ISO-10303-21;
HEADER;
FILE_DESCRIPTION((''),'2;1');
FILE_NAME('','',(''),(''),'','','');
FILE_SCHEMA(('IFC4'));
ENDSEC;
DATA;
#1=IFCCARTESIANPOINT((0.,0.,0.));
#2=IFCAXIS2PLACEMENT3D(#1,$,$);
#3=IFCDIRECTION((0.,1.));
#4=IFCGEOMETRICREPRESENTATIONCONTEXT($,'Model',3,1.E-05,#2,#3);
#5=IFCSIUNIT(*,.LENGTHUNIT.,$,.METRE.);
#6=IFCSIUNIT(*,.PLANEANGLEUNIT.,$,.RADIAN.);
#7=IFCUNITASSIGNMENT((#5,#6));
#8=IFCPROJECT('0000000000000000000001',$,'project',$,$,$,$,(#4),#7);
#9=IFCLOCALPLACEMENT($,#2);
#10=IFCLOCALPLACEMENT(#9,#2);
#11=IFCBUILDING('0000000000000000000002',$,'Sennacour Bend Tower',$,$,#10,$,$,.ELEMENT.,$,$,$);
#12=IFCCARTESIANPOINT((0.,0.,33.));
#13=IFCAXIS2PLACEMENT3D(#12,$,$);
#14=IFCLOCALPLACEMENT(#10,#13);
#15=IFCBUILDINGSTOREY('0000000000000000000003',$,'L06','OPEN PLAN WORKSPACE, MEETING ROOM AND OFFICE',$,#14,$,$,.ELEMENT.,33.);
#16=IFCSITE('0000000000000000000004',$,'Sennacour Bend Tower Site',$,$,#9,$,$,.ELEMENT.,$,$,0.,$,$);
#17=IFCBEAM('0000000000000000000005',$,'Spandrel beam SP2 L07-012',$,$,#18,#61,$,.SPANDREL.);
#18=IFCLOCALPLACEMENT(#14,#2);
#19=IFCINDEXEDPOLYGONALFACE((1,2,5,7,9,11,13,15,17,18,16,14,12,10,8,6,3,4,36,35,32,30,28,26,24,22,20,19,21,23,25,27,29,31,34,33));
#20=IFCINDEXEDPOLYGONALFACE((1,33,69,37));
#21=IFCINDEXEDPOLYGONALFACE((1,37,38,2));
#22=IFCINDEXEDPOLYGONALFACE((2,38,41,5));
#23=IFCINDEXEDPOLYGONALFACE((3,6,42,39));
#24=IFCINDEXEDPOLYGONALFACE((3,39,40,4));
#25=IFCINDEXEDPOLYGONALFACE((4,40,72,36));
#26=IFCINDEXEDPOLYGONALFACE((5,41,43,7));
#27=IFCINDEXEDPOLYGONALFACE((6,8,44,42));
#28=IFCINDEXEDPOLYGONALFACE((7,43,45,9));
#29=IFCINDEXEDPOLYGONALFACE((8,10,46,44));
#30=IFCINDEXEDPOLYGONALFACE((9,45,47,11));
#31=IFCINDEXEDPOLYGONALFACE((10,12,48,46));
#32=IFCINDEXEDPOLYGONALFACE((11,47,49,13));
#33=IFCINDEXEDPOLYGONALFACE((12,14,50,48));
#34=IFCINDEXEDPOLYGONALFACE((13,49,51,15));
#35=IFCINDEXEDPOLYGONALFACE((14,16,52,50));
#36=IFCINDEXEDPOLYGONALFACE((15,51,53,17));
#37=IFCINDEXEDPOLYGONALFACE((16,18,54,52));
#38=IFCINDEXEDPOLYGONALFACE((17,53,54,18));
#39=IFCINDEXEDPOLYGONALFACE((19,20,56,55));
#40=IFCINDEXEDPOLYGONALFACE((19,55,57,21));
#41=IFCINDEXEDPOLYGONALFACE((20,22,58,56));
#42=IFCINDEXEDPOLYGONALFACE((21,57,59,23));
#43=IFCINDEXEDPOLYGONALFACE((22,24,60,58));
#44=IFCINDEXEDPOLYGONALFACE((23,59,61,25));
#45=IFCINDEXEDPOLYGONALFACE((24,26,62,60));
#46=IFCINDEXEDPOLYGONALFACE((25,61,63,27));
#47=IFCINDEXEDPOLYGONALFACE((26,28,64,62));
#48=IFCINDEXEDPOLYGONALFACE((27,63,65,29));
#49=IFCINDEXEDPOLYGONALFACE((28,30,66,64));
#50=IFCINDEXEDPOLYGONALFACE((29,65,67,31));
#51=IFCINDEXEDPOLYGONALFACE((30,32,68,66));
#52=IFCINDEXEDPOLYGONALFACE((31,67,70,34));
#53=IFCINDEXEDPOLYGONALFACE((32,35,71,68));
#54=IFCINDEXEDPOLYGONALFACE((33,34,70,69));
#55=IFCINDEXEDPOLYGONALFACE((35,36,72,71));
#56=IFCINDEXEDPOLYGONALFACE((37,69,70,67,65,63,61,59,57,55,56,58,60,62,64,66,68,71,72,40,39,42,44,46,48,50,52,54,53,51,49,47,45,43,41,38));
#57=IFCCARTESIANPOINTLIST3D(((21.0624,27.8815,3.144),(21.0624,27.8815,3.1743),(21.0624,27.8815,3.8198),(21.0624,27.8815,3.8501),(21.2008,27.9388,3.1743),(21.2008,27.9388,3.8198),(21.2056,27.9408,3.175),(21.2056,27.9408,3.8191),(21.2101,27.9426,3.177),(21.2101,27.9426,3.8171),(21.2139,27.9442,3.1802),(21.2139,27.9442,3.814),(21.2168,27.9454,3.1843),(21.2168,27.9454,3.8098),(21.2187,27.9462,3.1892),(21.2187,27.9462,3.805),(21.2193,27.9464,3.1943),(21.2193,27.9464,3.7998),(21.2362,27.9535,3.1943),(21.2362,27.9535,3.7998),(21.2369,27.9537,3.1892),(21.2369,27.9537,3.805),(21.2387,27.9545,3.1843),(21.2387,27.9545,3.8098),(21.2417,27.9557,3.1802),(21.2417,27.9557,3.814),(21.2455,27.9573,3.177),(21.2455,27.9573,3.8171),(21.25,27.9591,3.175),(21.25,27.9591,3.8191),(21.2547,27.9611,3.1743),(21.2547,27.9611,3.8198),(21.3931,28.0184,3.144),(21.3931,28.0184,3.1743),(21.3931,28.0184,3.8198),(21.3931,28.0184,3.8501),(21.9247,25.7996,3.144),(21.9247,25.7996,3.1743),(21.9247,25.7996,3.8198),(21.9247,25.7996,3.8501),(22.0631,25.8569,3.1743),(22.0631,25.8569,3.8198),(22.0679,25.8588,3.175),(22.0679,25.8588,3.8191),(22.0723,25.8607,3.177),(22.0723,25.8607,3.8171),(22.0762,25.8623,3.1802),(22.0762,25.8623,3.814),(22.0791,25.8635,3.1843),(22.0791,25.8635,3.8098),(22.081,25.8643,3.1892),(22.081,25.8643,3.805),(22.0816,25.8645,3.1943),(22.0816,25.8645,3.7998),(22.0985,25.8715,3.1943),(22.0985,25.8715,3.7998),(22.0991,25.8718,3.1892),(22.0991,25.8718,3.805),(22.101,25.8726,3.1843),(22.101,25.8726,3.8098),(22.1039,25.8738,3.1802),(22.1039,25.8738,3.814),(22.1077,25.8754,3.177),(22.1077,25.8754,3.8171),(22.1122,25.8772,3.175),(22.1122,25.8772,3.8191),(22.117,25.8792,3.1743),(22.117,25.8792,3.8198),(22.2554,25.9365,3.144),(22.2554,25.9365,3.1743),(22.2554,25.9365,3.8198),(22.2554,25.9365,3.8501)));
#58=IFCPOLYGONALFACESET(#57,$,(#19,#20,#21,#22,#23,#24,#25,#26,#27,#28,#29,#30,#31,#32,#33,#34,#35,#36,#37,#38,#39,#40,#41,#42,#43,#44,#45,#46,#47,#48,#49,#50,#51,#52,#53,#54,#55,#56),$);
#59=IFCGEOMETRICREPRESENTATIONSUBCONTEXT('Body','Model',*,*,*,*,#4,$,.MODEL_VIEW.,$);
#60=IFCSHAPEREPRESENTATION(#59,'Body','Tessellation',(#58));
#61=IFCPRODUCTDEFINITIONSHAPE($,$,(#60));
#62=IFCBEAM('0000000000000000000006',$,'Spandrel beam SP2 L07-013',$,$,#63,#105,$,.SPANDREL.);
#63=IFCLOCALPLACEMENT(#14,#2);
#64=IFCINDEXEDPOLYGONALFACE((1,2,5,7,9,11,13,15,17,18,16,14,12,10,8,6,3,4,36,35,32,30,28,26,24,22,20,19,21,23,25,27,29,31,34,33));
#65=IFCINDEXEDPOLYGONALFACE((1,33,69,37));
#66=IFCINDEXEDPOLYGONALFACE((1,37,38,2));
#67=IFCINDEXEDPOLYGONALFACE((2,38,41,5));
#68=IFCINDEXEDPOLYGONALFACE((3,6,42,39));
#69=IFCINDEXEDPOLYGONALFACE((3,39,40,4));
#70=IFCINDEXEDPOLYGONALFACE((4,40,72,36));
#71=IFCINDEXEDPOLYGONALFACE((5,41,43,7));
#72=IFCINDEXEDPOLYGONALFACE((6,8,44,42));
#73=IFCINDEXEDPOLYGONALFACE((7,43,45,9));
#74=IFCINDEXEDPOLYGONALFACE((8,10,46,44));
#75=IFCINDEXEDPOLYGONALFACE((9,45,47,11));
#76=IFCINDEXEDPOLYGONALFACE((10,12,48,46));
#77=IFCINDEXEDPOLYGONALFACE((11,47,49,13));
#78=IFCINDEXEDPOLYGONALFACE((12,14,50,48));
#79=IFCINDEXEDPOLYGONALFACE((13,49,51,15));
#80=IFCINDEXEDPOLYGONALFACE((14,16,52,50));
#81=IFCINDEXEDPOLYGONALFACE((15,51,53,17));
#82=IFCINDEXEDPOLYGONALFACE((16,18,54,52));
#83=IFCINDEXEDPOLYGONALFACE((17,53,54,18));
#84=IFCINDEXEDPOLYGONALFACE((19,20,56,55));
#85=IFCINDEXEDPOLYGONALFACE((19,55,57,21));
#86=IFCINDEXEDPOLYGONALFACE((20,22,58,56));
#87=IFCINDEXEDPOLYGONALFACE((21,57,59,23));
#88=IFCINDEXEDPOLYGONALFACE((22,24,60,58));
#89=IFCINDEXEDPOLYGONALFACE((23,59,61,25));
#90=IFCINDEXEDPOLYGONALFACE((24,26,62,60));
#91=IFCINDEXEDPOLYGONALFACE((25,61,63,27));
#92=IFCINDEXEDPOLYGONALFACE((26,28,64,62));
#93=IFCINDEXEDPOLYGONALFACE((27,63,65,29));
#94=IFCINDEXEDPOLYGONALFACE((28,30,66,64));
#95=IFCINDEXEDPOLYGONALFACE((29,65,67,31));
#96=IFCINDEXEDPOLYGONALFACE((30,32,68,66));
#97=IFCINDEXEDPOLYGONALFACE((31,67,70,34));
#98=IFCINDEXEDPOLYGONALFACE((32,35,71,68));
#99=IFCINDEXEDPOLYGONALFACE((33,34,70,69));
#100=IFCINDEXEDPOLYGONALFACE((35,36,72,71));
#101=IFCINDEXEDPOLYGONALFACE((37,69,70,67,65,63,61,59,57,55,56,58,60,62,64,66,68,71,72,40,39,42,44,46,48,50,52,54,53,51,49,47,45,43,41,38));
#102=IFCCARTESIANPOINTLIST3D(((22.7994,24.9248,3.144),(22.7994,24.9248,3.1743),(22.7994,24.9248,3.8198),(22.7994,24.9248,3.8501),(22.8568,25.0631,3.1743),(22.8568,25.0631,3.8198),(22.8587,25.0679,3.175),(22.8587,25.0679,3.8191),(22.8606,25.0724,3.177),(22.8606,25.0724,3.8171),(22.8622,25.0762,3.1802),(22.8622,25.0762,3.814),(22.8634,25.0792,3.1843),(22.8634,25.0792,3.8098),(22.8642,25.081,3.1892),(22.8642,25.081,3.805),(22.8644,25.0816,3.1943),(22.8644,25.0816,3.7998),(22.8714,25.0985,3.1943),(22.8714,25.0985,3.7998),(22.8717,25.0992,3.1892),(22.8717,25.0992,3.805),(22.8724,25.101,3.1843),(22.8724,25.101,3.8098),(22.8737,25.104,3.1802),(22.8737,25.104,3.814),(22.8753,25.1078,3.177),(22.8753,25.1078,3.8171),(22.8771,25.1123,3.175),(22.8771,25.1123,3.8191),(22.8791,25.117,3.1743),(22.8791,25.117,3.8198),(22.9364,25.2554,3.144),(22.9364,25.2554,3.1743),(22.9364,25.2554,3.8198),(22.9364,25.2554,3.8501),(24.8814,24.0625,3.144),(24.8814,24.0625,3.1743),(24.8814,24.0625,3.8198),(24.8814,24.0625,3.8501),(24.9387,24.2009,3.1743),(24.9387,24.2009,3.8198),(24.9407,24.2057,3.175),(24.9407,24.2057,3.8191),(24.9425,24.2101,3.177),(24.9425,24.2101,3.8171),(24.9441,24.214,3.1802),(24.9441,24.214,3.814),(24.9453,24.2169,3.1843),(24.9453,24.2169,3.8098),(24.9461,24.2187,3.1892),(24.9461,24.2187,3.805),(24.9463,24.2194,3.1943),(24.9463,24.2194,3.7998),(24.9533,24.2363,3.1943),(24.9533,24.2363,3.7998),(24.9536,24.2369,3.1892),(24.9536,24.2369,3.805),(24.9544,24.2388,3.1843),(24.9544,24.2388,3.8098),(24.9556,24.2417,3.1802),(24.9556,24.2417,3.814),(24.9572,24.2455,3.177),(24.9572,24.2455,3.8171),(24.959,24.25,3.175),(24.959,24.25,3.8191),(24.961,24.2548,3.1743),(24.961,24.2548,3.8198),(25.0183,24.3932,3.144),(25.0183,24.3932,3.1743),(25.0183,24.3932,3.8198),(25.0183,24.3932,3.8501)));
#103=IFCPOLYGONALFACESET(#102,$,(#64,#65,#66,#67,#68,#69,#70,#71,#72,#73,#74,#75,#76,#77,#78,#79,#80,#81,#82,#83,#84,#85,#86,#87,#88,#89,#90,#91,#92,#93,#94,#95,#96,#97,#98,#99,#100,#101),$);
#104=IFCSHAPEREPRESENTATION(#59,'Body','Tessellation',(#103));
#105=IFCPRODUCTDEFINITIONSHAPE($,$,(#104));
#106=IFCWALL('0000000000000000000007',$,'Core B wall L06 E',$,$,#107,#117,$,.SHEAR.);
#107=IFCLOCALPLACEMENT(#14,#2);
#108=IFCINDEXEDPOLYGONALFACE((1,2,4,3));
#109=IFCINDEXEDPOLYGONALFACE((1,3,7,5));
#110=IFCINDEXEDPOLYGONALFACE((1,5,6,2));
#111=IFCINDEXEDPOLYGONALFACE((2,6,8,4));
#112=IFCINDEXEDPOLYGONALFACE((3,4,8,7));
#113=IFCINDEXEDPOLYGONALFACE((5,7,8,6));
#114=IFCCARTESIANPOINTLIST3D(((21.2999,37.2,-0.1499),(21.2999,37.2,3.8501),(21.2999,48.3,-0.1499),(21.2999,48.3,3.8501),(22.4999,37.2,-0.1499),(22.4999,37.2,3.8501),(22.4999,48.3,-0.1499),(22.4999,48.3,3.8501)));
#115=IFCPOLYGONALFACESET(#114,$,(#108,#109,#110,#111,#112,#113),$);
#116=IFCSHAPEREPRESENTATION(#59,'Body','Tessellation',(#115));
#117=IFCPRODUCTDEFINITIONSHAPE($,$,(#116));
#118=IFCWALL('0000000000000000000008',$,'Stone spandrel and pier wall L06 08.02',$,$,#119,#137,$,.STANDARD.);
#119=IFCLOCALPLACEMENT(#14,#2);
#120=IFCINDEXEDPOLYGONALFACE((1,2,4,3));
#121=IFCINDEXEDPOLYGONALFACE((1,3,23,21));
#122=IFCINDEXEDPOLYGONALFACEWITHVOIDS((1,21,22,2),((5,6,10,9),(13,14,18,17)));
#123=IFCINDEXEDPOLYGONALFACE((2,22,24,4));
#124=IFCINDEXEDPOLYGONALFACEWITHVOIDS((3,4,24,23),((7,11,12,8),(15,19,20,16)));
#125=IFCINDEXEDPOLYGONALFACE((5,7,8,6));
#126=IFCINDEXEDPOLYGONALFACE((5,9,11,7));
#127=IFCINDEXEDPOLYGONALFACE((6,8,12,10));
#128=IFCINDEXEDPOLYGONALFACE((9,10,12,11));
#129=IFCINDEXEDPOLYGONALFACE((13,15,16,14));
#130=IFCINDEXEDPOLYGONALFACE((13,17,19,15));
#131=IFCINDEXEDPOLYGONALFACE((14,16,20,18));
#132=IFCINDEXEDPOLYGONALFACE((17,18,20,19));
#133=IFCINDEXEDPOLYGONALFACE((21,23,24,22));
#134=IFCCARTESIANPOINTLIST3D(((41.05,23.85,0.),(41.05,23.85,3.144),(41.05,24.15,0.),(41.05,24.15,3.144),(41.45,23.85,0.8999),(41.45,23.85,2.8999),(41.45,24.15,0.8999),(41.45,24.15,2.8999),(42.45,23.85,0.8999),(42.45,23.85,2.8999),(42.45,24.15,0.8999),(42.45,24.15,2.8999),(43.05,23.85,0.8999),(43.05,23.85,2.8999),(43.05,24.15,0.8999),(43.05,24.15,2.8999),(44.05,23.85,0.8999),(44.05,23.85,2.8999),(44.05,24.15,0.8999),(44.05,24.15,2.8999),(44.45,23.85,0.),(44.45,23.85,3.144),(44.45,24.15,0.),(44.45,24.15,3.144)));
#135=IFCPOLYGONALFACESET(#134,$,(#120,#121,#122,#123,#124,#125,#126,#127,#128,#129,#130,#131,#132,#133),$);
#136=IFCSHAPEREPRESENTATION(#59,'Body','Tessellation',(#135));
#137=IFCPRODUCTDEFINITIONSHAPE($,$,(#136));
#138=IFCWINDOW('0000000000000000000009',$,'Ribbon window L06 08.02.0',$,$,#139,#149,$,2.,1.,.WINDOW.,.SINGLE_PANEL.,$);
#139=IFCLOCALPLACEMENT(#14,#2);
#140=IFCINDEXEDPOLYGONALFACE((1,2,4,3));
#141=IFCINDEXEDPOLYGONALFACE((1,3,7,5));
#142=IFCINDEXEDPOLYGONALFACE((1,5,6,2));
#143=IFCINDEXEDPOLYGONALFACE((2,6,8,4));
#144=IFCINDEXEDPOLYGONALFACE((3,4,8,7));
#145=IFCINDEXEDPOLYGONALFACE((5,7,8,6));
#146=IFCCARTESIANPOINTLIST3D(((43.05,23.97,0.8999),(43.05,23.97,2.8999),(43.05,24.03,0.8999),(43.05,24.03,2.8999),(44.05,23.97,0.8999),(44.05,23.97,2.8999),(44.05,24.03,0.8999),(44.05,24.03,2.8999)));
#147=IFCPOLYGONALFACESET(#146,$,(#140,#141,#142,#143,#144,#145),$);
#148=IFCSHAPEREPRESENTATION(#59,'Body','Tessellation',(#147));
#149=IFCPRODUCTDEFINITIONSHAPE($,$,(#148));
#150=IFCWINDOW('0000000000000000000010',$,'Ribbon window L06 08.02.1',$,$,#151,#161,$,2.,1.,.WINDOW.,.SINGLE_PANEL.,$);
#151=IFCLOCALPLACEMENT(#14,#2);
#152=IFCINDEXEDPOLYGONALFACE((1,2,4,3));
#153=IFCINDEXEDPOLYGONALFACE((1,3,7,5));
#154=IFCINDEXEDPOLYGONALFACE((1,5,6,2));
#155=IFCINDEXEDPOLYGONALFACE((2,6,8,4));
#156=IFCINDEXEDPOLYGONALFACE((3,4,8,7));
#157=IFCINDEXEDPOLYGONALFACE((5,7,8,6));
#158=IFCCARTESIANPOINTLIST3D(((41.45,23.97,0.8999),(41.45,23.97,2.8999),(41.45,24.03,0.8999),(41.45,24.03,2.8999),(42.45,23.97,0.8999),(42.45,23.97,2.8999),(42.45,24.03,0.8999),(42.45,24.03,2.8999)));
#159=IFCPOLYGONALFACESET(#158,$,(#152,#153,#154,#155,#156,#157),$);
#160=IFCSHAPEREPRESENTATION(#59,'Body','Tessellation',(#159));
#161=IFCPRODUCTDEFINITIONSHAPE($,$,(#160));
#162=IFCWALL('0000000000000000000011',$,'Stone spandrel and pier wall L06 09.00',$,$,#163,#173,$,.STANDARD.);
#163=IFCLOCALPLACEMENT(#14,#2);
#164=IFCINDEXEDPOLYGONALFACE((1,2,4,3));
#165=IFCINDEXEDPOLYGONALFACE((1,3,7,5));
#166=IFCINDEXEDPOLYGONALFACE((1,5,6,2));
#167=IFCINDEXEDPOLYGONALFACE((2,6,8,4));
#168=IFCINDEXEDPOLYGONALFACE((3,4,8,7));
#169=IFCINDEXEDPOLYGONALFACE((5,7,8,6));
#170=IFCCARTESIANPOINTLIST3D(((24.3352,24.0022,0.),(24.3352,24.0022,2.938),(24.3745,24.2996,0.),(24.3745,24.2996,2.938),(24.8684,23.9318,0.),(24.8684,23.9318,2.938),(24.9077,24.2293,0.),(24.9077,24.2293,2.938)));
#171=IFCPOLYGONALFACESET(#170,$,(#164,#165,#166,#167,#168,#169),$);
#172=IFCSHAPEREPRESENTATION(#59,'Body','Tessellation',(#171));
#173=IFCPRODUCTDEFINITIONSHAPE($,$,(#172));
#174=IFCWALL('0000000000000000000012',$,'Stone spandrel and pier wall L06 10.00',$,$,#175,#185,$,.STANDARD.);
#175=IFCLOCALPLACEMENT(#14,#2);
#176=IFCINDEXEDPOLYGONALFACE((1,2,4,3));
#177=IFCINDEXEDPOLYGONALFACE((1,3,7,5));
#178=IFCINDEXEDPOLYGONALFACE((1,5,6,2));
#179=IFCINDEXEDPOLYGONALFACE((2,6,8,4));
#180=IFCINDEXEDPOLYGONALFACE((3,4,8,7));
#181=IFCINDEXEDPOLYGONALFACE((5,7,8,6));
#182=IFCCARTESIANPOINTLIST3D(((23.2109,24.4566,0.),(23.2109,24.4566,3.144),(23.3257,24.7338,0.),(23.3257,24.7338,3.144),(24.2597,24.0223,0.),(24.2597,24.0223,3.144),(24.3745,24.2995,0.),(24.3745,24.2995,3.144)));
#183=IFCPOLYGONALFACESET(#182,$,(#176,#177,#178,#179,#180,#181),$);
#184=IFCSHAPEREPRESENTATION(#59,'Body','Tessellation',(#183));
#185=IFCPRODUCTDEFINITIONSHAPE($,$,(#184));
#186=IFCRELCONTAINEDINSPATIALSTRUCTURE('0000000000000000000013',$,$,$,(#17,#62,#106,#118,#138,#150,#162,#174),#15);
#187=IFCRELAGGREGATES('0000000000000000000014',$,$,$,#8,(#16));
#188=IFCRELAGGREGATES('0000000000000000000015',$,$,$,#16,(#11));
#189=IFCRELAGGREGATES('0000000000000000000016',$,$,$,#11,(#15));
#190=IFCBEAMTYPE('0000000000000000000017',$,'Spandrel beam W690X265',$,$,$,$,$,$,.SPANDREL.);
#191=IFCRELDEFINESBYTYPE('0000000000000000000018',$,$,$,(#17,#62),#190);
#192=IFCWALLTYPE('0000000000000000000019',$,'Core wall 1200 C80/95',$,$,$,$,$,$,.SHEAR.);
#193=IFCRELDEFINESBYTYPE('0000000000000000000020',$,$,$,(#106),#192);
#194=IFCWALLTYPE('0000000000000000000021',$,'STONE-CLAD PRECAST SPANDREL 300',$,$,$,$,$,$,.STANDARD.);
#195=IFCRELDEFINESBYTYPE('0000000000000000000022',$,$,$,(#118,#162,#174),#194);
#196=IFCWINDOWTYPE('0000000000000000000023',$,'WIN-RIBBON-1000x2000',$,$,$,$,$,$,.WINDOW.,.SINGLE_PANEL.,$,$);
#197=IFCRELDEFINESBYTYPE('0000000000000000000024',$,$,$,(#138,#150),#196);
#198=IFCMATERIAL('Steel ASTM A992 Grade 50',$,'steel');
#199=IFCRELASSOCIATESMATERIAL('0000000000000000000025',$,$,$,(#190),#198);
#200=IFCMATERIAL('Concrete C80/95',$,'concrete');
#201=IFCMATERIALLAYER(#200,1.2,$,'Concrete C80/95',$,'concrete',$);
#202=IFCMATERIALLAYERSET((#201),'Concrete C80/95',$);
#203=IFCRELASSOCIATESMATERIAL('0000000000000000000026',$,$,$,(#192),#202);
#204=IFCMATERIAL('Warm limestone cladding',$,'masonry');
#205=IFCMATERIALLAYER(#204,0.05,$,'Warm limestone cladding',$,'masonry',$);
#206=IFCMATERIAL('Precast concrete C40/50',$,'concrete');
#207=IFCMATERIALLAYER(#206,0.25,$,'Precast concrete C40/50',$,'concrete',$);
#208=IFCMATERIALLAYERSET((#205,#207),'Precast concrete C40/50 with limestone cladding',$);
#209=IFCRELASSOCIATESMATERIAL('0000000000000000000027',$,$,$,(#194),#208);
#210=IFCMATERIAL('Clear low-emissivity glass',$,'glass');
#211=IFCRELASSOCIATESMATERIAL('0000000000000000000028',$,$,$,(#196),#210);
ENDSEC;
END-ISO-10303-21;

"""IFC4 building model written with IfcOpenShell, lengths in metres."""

from ifc_helpers import new_model, si_unit, direction, frame, frame_2d, origin, origin_2d, place, context, subcontext, project, spatial, rectangle, i_section, extrude, material, layer, layer_set, material_profile, profile_set, type_object, element, fill, save


model = new_model("IFC4")

# Units and contexts
model_context = context("Model", 3, precision=1e-05, world=origin(), true_north=direction((0.0, 1.0)))
body_context = subcontext(model_context, "Body", "Model", "MODEL_VIEW")
ifc_project = project(units=[si_unit("LENGTHUNIT", "METRE"), si_unit("PLANEANGLEUNIT", "RADIAN")], contexts=[model_context])

# Site, building, storey
site_placement = place(None, origin())
site = spatial("IfcSite", under=ifc_project, at=site_placement, Name="Sennacour Bend Tower Site", CompositionType="ELEMENT", RefElevation=0.0)
building_placement = place(site_placement, origin())
building = spatial("IfcBuilding", under=site, at=building_placement, Name="Sennacour Bend Tower", CompositionType="ELEMENT")
storey_placement = place(building_placement, frame((0.0, 0.0, 33.0)))
storey = spatial("IfcBuildingStorey", under=building, at=storey_placement, Name="L06", Description="OPEN PLAN WORKSPACE, MEETING ROOM AND OFFICE", CompositionType="ELEMENT", Elevation=33.0)

# Beams
ifc_material_1 = material(Name="Steel ASTM A992 Grade 50", Category="steel")
ifc_material_profile_1 = material_profile(ifc_material_1, i_section(OverallWidth=0.3579, OverallDepth=0.7061, WebThickness=0.0183, FlangeThickness=0.0303, FilletRadius=0.02, at=origin_2d()), Name="Steel ASTM A992 Grade 50", Category="steel")
ifc_profile_set_1 = profile_set([ifc_material_profile_1], Name="Steel ASTM A992 Grade 50")
beam_type = type_object("IfcBeamType", Name="Spandrel beam W690X265", PredefinedType="SPANDREL", material=ifc_profile_set_1)
for number, where, z_axis, x_axis, name in (
    (1, (21.2278, 27.95, 3.4971), (0.382645, -0.923895, 0.0), (0.923895, 0.382645, 0.0), "Spandrel beam SP2 L07-012"),
    (2, (22.8679, 25.0901, 3.4971), (0.923895, -0.382645, 0.0), (0.382645, 0.923895, 0.0), "Spandrel beam SP2 L07-013"),
):
    element("IfcBeam", number, at=place(storey_placement, frame(where, z_axis=z_axis, x_axis=x_axis)), inside=storey, type_object=beam_type, Name=name, PredefinedType="SPANDREL", context=body_context, shape_type="SweptSolid", body=[
        extrude(i_section(OverallWidth=0.3579, OverallDepth=0.7061, WebThickness=0.0183, FlangeThickness=0.0303, FilletRadius=0.02, at=origin_2d()), origin(), (0.0, 0.0, 1.0), 2.2534),
    ])

# Wall
ifc_material_2 = material(Name="Concrete C80/95", Category="concrete")
ifc_layer_1 = layer(ifc_material_2, 1.2, Name="Concrete C80/95", Category="concrete")
ifc_layer_set_1 = layer_set([ifc_layer_1], Name="Concrete C80/95")
wall_type_1 = type_object("IfcWallType", Name="Core wall 1200 C80/95", PredefinedType="SHEAR", material=ifc_layer_set_1)
wall_1_placement = place(storey_placement, frame((21.8999, 37.2, -0.1499), z_axis=(0.0, 0.0, 1.0), x_axis=(0.0, 1.0, 0.0)))
element("IfcWall", 3, at=wall_1_placement, inside=storey, type_object=wall_type_1, Name="Core B wall L06 E", PredefinedType="SHEAR", context=body_context, shape_type="SweptSolid", body=[
    extrude(rectangle(XDim=11.1001, YDim=1.2, at=frame_2d((5.55, 0.0))), origin(), (0.0, 0.0, 1.0), 4.0),
])

# Wall, openings, windows
ifc_material_3 = material(Name="Warm limestone cladding", Category="masonry")
ifc_layer_2 = layer(ifc_material_3, 0.05, Name="Warm limestone cladding", Category="masonry")
ifc_material_4 = material(Name="Precast concrete C40/50", Category="concrete")
ifc_layer_3 = layer(ifc_material_4, 0.25, Name="Precast concrete C40/50", Category="concrete")
ifc_layer_set_2 = layer_set([ifc_layer_2, ifc_layer_3], Name="Precast concrete C40/50 with limestone cladding")
wall_type_2 = type_object("IfcWallType", Name="STONE-CLAD PRECAST SPANDREL 300", PredefinedType="STANDARD", material=ifc_layer_set_2)
wall_2_placement = place(storey_placement, frame((44.45, 24.0, 0.0), z_axis=(0.0, 0.0, 1.0), x_axis=(-1.0, 0.0, 0.0)))
wall_2 = element("IfcWall", 4, at=wall_2_placement, inside=storey, type_object=wall_type_2, Name="Stone spandrel and pier wall L06 08.02", PredefinedType="STANDARD", context=body_context, shape_type="SweptSolid", body=[
    extrude(rectangle(XDim=3.3999, YDim=0.3, at=frame_2d((1.7, 0.0))), origin(), (0.0, 0.0, 1.0), 3.144),
])
opening_1_placement = place(wall_2_placement, frame((0.3999, 0.0, 0.8999)))
opening_1 = element("IfcOpeningElement", 5, at=opening_1_placement, cuts=wall_2, PredefinedType="OPENING", context=body_context, shape_type="SweptSolid", body=[
    extrude(rectangle(XDim=1.0, YDim=2.0, at=frame_2d((0.5, 1.0))), frame((0.0, 0.1602, 0.0), z_axis=(0.0, -1.0, 0.0), x_axis=(1.0, 0.0, 0.0)), (0.0, 0.0, 1.0), 0.3201),
])
opening_2_placement = place(wall_2_placement, frame((2.0, 0.0, 0.8999)))
opening_2 = element("IfcOpeningElement", 6, at=opening_2_placement, cuts=wall_2, PredefinedType="OPENING", context=body_context, shape_type="SweptSolid", body=[
    extrude(rectangle(XDim=1.0, YDim=2.0, at=frame_2d((0.5, 1.0))), frame((0.0, 0.1602, 0.0), z_axis=(0.0, -1.0, 0.0), x_axis=(1.0, 0.0, 0.0)), (0.0, 0.0, 1.0), 0.3201),
])
ifc_material_5 = material(Name="Clear low-emissivity glass", Category="glass")
window_type_1 = type_object("IfcWindowType", Name="WIN-RIBBON-1000x2000", PartitioningType="SINGLE_PANEL", PredefinedType="WINDOW", material=ifc_material_5)
window_1_placement = place(opening_1_placement, origin())
window_1 = element("IfcWindow", 7, at=window_1_placement, inside=storey, type_object=window_type_1, Name="Ribbon window L06 08.02.0", OverallHeight=2.0, OverallWidth=1.0, PartitioningType="SINGLE_PANEL", PredefinedType="WINDOW", context=body_context, shape_type="SweptSolid", body=[
    extrude(rectangle(XDim=1.0, YDim=2.0, at=frame_2d((0.5, 1.0))), frame((0.0, 0.03, 0.0), z_axis=(0.0, -1.0, 0.0), x_axis=(1.0, 0.0, 0.0)), (0.0, 0.0, 1.0), 0.0601),
])
fill(opening_1, window_1)
window_2_placement = place(opening_2_placement, origin())
window_2 = element("IfcWindow", 8, at=window_2_placement, inside=storey, type_object=window_type_1, Name="Ribbon window L06 08.02.1", OverallHeight=2.0, OverallWidth=1.0, PartitioningType="SINGLE_PANEL", PredefinedType="WINDOW", context=body_context, shape_type="SweptSolid", body=[
    extrude(rectangle(XDim=1.0, YDim=2.0, at=frame_2d((0.5, 1.0))), frame((0.0, 0.03, 0.0), z_axis=(0.0, -1.0, 0.0), x_axis=(1.0, 0.0, 0.0)), (0.0, 0.0, 1.0), 0.0601),
])
fill(opening_2, window_2)

# Walls
wall_3_placement = place(storey_placement, frame((24.8882, 24.0806, 0.0), z_axis=(0.0, 0.0, 1.0), x_axis=(-0.991417, 0.130736, 0.0)))
element("IfcWall", 9, at=wall_3_placement, inside=storey, type_object=wall_type_2, Name="Stone spandrel and pier wall L06 09.00", PredefinedType="STANDARD", context=body_context, shape_type="SweptSolid", body=[
    extrude(rectangle(XDim=0.5378, YDim=0.3, at=frame_2d((0.269, 0.0))), origin(), (0.0, 0.0, 1.0), 2.938),
])
wall_4_placement = place(storey_placement, frame((24.3171, 24.1609, 0.0), z_axis=(0.0, 0.0, 1.0), x_axis=(-0.923915, 0.382599, 0.0)))
element("IfcWall", 10, at=wall_4_placement, inside=storey, type_object=wall_type_2, Name="Stone spandrel and pier wall L06 10.00", PredefinedType="STANDARD", context=body_context, shape_type="SweptSolid", body=[
    extrude(rectangle(XDim=1.1353, YDim=0.3, at=frame_2d((0.5676, 0.0))), origin(), (0.0, 0.0, 1.0), 3.144),
])

save(model, "model.ifc")
